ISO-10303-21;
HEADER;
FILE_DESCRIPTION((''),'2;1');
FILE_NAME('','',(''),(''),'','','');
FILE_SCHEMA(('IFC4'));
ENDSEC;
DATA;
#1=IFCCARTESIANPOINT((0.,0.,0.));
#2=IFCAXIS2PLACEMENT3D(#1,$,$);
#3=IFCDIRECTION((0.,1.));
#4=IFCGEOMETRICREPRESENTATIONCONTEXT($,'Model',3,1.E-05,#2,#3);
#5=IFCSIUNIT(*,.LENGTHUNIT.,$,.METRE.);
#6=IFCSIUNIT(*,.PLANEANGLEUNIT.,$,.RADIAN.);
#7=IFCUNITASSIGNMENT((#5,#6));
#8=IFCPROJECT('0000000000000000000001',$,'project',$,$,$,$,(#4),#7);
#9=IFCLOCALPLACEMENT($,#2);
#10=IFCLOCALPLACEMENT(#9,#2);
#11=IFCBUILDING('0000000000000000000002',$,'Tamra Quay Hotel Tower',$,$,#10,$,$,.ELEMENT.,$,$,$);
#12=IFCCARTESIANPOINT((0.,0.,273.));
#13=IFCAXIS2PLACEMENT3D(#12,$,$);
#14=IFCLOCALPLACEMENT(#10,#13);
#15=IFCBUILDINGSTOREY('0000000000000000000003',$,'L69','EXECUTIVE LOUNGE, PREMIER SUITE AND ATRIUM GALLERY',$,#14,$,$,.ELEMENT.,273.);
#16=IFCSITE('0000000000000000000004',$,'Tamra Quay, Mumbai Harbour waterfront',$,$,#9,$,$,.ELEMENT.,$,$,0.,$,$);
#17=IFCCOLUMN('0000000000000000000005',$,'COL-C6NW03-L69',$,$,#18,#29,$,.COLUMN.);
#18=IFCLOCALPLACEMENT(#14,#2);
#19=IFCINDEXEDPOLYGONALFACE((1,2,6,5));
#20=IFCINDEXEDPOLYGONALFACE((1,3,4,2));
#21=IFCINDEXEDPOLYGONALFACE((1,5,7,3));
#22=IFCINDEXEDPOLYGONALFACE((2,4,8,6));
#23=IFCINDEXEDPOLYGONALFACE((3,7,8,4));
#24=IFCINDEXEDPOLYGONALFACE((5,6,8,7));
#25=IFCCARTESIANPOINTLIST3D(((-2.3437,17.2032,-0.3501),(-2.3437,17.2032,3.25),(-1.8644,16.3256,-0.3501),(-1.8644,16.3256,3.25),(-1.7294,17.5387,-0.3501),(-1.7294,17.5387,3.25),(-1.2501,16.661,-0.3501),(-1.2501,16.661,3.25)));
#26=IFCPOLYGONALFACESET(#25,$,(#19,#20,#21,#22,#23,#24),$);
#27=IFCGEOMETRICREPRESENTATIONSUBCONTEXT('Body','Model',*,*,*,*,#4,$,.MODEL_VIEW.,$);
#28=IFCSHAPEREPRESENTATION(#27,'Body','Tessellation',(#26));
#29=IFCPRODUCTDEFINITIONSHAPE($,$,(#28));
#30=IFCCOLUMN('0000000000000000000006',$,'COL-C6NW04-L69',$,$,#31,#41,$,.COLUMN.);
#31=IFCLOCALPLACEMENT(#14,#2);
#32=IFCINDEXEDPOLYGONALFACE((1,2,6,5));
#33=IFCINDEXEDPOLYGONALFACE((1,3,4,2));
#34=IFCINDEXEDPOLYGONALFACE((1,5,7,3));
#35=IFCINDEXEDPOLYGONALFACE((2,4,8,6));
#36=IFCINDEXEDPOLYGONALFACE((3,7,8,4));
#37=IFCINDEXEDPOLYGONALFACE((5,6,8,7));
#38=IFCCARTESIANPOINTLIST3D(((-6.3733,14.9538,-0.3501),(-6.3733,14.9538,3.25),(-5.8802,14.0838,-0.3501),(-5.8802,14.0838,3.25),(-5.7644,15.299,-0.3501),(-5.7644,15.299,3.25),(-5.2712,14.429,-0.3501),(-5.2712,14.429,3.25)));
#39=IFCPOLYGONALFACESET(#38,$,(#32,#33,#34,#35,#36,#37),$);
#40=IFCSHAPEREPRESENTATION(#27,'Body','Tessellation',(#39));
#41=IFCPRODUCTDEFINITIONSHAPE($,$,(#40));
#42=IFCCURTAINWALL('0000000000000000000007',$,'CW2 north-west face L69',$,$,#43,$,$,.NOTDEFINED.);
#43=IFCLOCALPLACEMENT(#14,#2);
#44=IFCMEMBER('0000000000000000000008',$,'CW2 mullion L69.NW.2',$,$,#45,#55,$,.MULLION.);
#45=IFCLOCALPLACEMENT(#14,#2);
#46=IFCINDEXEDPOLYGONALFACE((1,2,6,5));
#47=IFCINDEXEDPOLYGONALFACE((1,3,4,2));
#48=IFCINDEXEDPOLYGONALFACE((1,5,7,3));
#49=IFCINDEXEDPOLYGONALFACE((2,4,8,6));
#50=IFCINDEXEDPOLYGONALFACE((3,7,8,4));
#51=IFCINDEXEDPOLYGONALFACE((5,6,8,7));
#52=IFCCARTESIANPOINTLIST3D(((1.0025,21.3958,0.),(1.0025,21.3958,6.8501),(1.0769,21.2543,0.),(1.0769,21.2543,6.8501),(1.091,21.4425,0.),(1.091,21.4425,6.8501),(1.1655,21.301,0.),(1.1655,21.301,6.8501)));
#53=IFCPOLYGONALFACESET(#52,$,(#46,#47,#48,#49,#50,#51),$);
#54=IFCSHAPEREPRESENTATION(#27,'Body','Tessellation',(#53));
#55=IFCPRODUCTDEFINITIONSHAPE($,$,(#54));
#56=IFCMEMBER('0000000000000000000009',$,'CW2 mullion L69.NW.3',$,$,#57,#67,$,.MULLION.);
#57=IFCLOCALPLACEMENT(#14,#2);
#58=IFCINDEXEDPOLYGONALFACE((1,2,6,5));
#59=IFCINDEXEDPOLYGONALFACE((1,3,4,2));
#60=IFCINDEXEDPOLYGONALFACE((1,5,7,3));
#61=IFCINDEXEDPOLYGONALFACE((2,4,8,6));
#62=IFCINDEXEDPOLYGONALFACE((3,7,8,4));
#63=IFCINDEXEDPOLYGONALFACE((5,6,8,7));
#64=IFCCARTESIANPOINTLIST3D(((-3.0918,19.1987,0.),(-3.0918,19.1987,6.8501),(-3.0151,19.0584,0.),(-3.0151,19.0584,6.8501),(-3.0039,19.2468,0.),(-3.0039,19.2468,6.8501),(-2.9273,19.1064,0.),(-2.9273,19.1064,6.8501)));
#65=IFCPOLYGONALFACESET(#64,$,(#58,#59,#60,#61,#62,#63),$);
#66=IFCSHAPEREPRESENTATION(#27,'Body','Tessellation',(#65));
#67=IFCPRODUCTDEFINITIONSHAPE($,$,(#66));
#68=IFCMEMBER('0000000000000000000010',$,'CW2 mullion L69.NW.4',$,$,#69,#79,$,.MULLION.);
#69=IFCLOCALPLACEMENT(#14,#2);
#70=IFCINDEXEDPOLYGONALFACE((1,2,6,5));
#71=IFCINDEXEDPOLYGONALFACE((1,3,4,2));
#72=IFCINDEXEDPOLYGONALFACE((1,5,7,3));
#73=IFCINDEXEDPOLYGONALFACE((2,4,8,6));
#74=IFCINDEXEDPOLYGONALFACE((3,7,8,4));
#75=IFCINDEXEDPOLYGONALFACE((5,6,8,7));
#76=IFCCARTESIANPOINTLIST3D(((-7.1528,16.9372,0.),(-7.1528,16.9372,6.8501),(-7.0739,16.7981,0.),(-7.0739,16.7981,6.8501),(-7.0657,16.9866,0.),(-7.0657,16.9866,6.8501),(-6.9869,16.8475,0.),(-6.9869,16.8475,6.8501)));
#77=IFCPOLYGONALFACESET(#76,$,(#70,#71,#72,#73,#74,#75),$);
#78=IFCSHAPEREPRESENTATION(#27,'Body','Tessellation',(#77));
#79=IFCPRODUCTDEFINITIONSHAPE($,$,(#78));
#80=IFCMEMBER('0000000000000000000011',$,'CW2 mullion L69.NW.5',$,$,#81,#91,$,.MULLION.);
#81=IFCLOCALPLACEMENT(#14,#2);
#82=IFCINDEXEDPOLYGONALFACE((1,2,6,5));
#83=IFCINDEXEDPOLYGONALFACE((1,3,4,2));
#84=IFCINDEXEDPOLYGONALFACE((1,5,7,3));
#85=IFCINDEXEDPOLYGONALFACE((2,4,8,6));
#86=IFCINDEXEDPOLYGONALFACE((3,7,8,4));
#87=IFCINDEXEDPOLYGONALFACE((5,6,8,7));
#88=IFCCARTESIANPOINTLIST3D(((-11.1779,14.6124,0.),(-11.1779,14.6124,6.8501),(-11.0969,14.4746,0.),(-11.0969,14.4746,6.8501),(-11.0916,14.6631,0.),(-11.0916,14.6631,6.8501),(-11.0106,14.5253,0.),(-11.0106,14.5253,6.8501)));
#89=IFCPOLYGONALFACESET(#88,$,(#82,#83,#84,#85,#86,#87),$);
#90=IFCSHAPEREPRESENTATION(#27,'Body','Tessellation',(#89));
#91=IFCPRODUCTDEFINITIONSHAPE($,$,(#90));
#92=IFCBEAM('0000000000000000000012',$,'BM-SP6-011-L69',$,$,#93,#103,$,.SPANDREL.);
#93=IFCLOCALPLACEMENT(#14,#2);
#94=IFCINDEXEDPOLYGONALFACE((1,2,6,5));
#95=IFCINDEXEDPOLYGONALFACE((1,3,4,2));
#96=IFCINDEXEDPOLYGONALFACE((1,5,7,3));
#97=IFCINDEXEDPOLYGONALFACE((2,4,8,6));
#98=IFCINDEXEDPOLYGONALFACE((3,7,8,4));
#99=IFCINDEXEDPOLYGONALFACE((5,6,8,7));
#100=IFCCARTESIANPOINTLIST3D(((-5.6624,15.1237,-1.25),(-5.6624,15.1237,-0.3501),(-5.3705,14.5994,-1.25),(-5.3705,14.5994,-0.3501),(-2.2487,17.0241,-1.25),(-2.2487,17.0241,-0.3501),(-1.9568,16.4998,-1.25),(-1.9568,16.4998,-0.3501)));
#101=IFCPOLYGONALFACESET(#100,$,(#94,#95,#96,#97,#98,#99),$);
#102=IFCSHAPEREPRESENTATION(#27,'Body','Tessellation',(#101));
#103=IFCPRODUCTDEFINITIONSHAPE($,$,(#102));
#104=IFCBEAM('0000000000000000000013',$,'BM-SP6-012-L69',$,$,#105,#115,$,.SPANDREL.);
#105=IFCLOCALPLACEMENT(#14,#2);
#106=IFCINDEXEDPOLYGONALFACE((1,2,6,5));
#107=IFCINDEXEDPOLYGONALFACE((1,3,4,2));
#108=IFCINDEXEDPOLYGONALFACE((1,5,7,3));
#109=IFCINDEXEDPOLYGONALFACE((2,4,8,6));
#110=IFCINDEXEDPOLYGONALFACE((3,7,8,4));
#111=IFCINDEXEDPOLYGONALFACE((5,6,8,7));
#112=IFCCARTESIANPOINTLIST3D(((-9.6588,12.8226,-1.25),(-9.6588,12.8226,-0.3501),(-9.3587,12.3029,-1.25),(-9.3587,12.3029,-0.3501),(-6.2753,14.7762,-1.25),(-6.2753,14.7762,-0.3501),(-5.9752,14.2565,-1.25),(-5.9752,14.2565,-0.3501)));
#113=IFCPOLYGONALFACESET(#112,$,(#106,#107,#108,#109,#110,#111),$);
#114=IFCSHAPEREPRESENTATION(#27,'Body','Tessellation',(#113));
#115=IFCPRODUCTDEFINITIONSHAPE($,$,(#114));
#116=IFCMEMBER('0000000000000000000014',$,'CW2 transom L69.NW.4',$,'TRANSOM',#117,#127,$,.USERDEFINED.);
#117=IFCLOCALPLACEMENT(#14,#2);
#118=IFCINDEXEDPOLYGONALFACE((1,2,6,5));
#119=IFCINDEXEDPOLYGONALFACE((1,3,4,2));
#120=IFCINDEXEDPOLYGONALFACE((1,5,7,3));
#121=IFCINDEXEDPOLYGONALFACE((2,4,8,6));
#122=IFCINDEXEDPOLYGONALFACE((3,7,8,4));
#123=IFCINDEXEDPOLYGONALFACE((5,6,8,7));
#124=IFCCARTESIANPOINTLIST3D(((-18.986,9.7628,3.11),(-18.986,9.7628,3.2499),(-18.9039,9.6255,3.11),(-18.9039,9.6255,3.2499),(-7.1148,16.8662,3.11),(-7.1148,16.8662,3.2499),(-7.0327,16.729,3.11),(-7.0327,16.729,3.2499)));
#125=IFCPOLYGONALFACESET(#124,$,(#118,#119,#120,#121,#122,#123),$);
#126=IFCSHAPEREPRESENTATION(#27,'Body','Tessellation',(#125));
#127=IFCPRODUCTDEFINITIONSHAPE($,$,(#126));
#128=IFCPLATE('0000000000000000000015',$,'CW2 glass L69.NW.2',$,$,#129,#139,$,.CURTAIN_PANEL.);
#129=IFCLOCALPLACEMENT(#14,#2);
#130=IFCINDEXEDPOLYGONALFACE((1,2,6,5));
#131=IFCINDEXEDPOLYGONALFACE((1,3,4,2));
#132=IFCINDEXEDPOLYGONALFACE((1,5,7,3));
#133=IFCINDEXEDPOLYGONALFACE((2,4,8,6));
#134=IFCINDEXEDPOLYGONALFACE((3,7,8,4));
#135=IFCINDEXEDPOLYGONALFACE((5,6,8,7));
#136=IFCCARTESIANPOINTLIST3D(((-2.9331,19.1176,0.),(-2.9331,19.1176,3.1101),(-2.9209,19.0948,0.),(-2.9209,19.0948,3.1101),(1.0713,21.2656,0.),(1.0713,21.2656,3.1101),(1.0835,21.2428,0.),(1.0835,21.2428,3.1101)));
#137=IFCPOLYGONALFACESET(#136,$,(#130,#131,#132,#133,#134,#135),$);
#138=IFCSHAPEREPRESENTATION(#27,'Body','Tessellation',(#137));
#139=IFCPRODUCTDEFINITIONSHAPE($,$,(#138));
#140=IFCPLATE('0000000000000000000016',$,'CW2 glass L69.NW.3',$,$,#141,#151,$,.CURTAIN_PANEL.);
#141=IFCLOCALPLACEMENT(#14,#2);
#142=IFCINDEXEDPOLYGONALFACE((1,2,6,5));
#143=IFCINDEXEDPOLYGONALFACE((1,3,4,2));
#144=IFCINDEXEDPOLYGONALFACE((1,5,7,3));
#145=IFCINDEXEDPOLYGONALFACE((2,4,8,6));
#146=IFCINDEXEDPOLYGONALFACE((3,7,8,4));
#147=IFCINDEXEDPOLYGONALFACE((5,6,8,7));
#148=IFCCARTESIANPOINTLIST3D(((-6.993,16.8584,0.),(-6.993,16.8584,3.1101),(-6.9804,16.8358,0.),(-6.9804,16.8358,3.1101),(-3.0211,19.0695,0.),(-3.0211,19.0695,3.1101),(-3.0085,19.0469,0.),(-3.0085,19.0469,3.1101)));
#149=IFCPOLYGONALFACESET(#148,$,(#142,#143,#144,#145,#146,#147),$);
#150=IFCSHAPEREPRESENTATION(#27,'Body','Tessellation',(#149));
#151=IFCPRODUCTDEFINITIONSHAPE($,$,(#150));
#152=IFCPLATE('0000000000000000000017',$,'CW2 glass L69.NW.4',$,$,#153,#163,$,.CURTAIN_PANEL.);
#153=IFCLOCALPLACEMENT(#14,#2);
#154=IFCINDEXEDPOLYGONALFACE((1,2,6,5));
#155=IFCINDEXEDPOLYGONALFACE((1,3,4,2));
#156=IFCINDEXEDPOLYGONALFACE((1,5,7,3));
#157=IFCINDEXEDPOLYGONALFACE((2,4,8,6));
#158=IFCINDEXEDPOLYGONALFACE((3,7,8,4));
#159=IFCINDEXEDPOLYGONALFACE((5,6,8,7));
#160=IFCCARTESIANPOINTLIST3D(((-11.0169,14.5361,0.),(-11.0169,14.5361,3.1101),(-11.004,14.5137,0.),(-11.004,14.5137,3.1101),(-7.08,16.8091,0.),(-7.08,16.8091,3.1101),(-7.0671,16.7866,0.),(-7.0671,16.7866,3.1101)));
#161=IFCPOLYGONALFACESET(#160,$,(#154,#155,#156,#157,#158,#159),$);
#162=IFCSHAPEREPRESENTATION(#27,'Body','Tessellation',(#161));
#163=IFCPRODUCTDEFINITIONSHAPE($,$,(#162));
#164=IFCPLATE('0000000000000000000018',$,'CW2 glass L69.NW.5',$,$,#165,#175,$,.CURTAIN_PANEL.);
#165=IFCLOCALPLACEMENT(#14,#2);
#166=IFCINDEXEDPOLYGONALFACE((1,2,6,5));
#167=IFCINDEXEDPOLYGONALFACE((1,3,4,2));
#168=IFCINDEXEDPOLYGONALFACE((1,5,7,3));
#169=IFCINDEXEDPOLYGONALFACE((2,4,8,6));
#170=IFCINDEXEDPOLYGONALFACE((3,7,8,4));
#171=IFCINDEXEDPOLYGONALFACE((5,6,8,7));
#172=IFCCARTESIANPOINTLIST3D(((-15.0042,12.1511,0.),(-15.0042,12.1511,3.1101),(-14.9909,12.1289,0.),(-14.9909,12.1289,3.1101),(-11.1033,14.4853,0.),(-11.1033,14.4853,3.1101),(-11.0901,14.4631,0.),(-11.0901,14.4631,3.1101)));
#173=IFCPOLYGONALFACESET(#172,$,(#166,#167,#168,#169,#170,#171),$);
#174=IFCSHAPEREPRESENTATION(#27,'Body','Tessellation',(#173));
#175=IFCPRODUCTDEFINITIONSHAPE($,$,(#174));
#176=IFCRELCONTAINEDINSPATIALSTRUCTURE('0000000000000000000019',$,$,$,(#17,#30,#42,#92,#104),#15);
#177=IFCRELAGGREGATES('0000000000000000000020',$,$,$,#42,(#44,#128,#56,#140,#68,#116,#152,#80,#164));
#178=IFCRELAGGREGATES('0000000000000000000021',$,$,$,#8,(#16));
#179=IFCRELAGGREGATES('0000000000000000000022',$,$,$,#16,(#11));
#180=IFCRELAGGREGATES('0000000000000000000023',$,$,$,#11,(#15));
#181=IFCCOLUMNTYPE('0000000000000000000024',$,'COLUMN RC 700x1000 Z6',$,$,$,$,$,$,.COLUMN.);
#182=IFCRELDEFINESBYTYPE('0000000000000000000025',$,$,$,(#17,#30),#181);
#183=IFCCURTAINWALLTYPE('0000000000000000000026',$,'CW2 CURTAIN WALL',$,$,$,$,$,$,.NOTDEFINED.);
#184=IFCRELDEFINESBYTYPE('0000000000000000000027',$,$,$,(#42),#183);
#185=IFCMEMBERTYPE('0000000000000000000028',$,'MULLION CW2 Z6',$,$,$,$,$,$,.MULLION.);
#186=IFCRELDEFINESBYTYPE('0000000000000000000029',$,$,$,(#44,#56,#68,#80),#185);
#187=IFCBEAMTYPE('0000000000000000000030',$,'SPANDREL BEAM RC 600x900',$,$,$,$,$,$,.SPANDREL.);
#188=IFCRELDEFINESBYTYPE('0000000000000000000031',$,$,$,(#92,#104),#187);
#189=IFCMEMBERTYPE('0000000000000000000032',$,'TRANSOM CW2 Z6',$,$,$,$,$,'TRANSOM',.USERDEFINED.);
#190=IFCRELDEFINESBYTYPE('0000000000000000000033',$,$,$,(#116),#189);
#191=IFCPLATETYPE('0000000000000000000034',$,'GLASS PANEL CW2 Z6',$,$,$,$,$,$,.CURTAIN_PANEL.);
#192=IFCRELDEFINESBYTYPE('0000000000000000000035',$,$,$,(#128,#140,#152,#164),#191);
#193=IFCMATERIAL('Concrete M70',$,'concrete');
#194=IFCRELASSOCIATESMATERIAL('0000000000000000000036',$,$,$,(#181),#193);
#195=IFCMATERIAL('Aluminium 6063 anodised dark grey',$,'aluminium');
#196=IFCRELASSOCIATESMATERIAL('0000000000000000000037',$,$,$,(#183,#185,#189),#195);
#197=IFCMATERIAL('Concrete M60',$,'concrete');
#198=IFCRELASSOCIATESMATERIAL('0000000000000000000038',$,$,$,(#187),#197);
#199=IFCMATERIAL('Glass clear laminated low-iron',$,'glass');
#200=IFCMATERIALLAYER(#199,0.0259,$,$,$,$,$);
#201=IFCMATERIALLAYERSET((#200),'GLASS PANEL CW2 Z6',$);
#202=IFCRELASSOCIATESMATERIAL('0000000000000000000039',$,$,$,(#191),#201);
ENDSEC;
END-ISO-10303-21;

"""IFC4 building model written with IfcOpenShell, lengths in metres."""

from ifc_helpers import new_model, si_unit, direction, frame, origin, origin_2d, place, context, subcontext, project, spatial, rectangle, extrude, material, layer, layer_set, material_profile, profile_set, type_object, element, aggregate, save


model = new_model("IFC4")

# Units and contexts
model_context = context("Model", 3, precision=1e-05, world=origin(), true_north=direction((0.0, 1.0)))
body_context = subcontext(model_context, "Body", "Model", "MODEL_VIEW")
ifc_project = project(units=[si_unit("LENGTHUNIT", "METRE"), si_unit("PLANEANGLEUNIT", "RADIAN")], contexts=[model_context])

# Site, building, storey
site_placement = place(None, origin())
site = spatial("IfcSite", under=ifc_project, at=site_placement, Name="Tamra Quay, Mumbai Harbour waterfront", CompositionType="ELEMENT", RefElevation=0.0)
building_placement = place(site_placement, origin())
building = spatial("IfcBuilding", under=site, at=building_placement, Name="Tamra Quay Hotel Tower", CompositionType="ELEMENT")
storey_placement = place(building_placement, frame((0.0, 0.0, 273.0)))
storey = spatial("IfcBuildingStorey", under=building, at=storey_placement, Name="L69", Description="EXECUTIVE LOUNGE, PREMIER SUITE AND ATRIUM GALLERY", CompositionType="ELEMENT", Elevation=273.0)

# Columns
ifc_material_1 = material(Name="Concrete M70", Category="concrete")
ifc_material_profile_1 = material_profile(ifc_material_1, rectangle(XDim=1.0, YDim=0.7, at=origin_2d()), Name="COLUMN RC 700x1000 Z6")
ifc_profile_set_1 = profile_set([ifc_material_profile_1], Name="Concrete M70")
column_type = type_object("IfcColumnType", Name="COLUMN RC 700x1000 Z6", PredefinedType="COLUMN", material=ifc_profile_set_1)
for number, where, z_axis, x_axis, name in (
    (1, (-1.7969, 16.9321, -0.3501), (0.0, 0.0, 1.0), (-0.479288, 0.877658, 0.0), "COL-C6NW03-L69"),
    (2, (-5.8223, 14.6914, -0.3501), (0.0, 0.0, 1.0), (-0.493125, 0.869958, 0.0), "COL-C6NW04-L69"),
):
    element("IfcColumn", number, at=place(storey_placement, frame(where, z_axis=z_axis, x_axis=x_axis)), inside=storey, type_object=column_type, Name=name, PredefinedType="COLUMN", context=body_context, shape_type="SweptSolid", body=[
        extrude(rectangle(XDim=1.0, YDim=0.7, at=origin_2d()), origin(), (0.0, 0.0, 1.0), 3.6001),
    ])

# Curtain wall, members
ifc_material_2 = material(Name="Aluminium 6063 anodised dark grey", Category="aluminium")
curtain_wall_type = type_object("IfcCurtainWallType", Name="CW2 CURTAIN WALL", PredefinedType="NOTDEFINED", material=ifc_material_2)
curtain_wall_placement = place(storey_placement, origin())
curtain_wall = element("IfcCurtainWall", 3, at=curtain_wall_placement, inside=storey, type_object=curtain_wall_type, Name="CW2 north-west face L69", PredefinedType="NOTDEFINED")
ifc_material_profile_2 = material_profile(ifc_material_2, rectangle(XDim=0.1599, YDim=0.1001, at=origin_2d()), Name="MULLION 100X160")
ifc_profile_set_2 = profile_set([ifc_material_profile_2], Name="Aluminium 6063 anodised dark grey")
member_type_1 = type_object("IfcMemberType", Name="MULLION CW2 Z6", PredefinedType="MULLION", material=ifc_profile_set_2)
member_1_placement = place(storey_placement, frame((1.084, 21.3484, 0.0), z_axis=(0.0, 0.0, 1.0), x_axis=(-0.465816, 0.884882, 0.0)))
member_1 = element("IfcMember", 4, at=member_1_placement, type_object=member_type_1, Name="CW2 mullion L69.NW.2", PredefinedType="MULLION", context=body_context, shape_type="SweptSolid", body=[
    extrude(rectangle(XDim=0.1599, YDim=0.1001, at=origin_2d()), origin(), (0.0, 0.0, 1.0), 6.8501),
])
member_2_placement = place(storey_placement, frame((-3.0095, 19.1526, 0.0), z_axis=(0.0, 0.0, 1.0), x_axis=(-0.479565, 0.877507, 0.0)))
member_2 = element("IfcMember", 5, at=member_2_placement, type_object=member_type_1, Name="CW2 mullion L69.NW.3", PredefinedType="MULLION", context=body_context, shape_type="SweptSolid", body=[
    extrude(rectangle(XDim=0.1599, YDim=0.1001, at=origin_2d()), origin(), (0.0, 0.0, 1.0), 6.8501),
])
member_3_placement = place(storey_placement, frame((-7.0698, 16.8923, 0.0), z_axis=(0.0, 0.0, 1.0), x_axis=(-0.493215, 0.869907, 0.0)))
member_3 = element("IfcMember", 6, at=member_3_placement, type_object=member_type_1, Name="CW2 mullion L69.NW.4", PredefinedType="MULLION", context=body_context, shape_type="SweptSolid", body=[
    extrude(rectangle(XDim=0.1599, YDim=0.1001, at=origin_2d()), origin(), (0.0, 0.0, 1.0), 6.8501),
])
member_4_placement = place(storey_placement, frame((-11.0942, 14.5688, 0.0), z_axis=(0.0, 0.0, 1.0), x_axis=(-0.506754, 0.862091, 0.0)))
member_4 = element("IfcMember", 7, at=member_4_placement, type_object=member_type_1, Name="CW2 mullion L69.NW.5", PredefinedType="MULLION", context=body_context, shape_type="SweptSolid", body=[
    extrude(rectangle(XDim=0.1599, YDim=0.1001, at=origin_2d()), origin(), (0.0, 0.0, 1.0), 6.8501),
])

# Beams
ifc_material_3 = material(Name="Concrete M60", Category="concrete")
ifc_material_profile_3 = material_profile(ifc_material_3, rectangle(XDim=0.6001, YDim=0.8999, at=origin_2d()), Name="SPANDREL BEAM RC 600x900")
ifc_profile_set_3 = profile_set([ifc_material_profile_3], Name="Concrete M60")
beam_type = type_object("IfcBeamType", Name="SPANDREL BEAM RC 600x900", PredefinedType="SPANDREL", material=ifc_profile_set_3)
for number, where, z_axis, x_axis, name in (
    (8, (-2.1028, 16.762, -0.8), (-0.873727, -0.486417, 0.0), (0.486417, -0.873727, 0.0), "BM-SP6-011-L69"),
    (9, (-6.1252, 14.5164, -0.8), (-0.866012, -0.500024, 0.0), (0.500024, -0.866012, 0.0), "BM-SP6-012-L69"),
):
    element("IfcBeam", number, at=place(storey_placement, frame(where, z_axis=z_axis, x_axis=x_axis)), inside=storey, type_object=beam_type, Name=name, PredefinedType="SPANDREL", context=body_context, shape_type="SweptSolid", body=[
        extrude(rectangle(XDim=0.6001, YDim=0.8999, at=origin_2d()), origin(), (0.0, 0.0, 1.0), 3.907),
    ])

# Member
ifc_material_profile_4 = material_profile(ifc_material_2, rectangle(XDim=0.1599, YDim=0.1399, at=origin_2d()), Name="TRANSOM 160X140")
ifc_profile_set_4 = profile_set([ifc_material_profile_4], Name="Aluminium 6063 anodised dark grey")
member_type_2 = type_object("IfcMemberType", Name="TRANSOM CW2 Z6", ElementType="TRANSOM", PredefinedType="USERDEFINED", material=ifc_profile_set_4)
member_5_placement = place(storey_placement, frame((-7.0737, 16.7976, 3.1799), z_axis=(-0.858107, -0.51347, 0.0), x_axis=(0.51347, -0.858107, 0.0)))
member_5 = element("IfcMember", 10, at=member_5_placement, type_object=member_type_2, Name="CW2 transom L69.NW.4", ObjectType="TRANSOM", PredefinedType="USERDEFINED", context=body_context, shape_type="SweptSolid", body=[
    extrude(rectangle(XDim=0.1599, YDim=0.1399, at=origin_2d()), origin(), (0.0, 0.0, 1.0), 13.8342),
])

# Plates
ifc_material_4 = material(Name="Glass clear laminated low-iron", Category="glass")
ifc_layer_1 = layer(ifc_material_4, 0.0259)
ifc_layer_set_1 = layer_set([ifc_layer_1], Name="GLASS PANEL CW2 Z6")
plate_type = type_object("IfcPlateType", Name="GLASS PANEL CW2 Z6", PredefinedType="CURTAIN_PANEL", material=ifc_layer_set_1)
plate_1_placement = place(storey_placement, frame((-0.9248, 20.1802, 0.0), z_axis=(0.0, 0.0, 1.0), x_axis=(-0.881224, -0.4727, 0.0)))
plate_1 = element("IfcPlate", 11, at=plate_1_placement, type_object=plate_type, Name="CW2 glass L69.NW.2", PredefinedType="CURTAIN_PANEL", context=body_context, shape_type="SweptSolid", body=[
    extrude(rectangle(XDim=4.5442, YDim=0.0259, at=origin_2d()), origin(), (0.0, 0.0, 1.0), 3.1101),
])
plate_2_placement = place(storey_placement, frame((-5.0007, 17.9526, 0.0), z_axis=(0.0, 0.0, 1.0), x_axis=(-0.873736, -0.4864, 0.0)))
plate_2 = element("IfcPlate", 12, at=plate_2_placement, type_object=plate_type, Name="CW2 glass L69.NW.3", PredefinedType="CURTAIN_PANEL", context=body_context, shape_type="SweptSolid", body=[
    extrude(rectangle(XDim=4.5459, YDim=0.0259, at=origin_2d()), origin(), (0.0, 0.0, 1.0), 3.1101),
])
plate_3_placement = place(storey_placement, frame((-9.042, 15.6614, 0.0), z_axis=(0.0, 0.0, 1.0), x_axis=(-0.866025, -0.5, 0.0)))
plate_3 = element("IfcPlate", 13, at=plate_3_placement, type_object=plate_type, Name="CW2 glass L69.NW.4", PredefinedType="CURTAIN_PANEL", context=body_context, shape_type="SweptSolid", body=[
    extrude(rectangle(XDim=4.5459, YDim=0.0259, at=origin_2d()), origin(), (0.0, 0.0, 1.0), 3.1101),
])
plate_4_placement = place(storey_placement, frame((-13.0471, 13.3071, 0.0), z_axis=(0.0, 0.0, 1.0), x_axis=(-0.858103, -0.513477, 0.0)))
plate_4 = element("IfcPlate", 14, at=plate_4_placement, type_object=plate_type, Name="CW2 glass L69.NW.5", PredefinedType="CURTAIN_PANEL", context=body_context, shape_type="SweptSolid", body=[
    extrude(rectangle(XDim=4.5459, YDim=0.0259, at=origin_2d()), origin(), (0.0, 0.0, 1.0), 3.1101),
])
aggregate(curtain_wall, [member_1, plate_1, member_2, plate_2, member_3, member_5, plate_3, member_4, plate_4])

save(model, "model.ifc")
